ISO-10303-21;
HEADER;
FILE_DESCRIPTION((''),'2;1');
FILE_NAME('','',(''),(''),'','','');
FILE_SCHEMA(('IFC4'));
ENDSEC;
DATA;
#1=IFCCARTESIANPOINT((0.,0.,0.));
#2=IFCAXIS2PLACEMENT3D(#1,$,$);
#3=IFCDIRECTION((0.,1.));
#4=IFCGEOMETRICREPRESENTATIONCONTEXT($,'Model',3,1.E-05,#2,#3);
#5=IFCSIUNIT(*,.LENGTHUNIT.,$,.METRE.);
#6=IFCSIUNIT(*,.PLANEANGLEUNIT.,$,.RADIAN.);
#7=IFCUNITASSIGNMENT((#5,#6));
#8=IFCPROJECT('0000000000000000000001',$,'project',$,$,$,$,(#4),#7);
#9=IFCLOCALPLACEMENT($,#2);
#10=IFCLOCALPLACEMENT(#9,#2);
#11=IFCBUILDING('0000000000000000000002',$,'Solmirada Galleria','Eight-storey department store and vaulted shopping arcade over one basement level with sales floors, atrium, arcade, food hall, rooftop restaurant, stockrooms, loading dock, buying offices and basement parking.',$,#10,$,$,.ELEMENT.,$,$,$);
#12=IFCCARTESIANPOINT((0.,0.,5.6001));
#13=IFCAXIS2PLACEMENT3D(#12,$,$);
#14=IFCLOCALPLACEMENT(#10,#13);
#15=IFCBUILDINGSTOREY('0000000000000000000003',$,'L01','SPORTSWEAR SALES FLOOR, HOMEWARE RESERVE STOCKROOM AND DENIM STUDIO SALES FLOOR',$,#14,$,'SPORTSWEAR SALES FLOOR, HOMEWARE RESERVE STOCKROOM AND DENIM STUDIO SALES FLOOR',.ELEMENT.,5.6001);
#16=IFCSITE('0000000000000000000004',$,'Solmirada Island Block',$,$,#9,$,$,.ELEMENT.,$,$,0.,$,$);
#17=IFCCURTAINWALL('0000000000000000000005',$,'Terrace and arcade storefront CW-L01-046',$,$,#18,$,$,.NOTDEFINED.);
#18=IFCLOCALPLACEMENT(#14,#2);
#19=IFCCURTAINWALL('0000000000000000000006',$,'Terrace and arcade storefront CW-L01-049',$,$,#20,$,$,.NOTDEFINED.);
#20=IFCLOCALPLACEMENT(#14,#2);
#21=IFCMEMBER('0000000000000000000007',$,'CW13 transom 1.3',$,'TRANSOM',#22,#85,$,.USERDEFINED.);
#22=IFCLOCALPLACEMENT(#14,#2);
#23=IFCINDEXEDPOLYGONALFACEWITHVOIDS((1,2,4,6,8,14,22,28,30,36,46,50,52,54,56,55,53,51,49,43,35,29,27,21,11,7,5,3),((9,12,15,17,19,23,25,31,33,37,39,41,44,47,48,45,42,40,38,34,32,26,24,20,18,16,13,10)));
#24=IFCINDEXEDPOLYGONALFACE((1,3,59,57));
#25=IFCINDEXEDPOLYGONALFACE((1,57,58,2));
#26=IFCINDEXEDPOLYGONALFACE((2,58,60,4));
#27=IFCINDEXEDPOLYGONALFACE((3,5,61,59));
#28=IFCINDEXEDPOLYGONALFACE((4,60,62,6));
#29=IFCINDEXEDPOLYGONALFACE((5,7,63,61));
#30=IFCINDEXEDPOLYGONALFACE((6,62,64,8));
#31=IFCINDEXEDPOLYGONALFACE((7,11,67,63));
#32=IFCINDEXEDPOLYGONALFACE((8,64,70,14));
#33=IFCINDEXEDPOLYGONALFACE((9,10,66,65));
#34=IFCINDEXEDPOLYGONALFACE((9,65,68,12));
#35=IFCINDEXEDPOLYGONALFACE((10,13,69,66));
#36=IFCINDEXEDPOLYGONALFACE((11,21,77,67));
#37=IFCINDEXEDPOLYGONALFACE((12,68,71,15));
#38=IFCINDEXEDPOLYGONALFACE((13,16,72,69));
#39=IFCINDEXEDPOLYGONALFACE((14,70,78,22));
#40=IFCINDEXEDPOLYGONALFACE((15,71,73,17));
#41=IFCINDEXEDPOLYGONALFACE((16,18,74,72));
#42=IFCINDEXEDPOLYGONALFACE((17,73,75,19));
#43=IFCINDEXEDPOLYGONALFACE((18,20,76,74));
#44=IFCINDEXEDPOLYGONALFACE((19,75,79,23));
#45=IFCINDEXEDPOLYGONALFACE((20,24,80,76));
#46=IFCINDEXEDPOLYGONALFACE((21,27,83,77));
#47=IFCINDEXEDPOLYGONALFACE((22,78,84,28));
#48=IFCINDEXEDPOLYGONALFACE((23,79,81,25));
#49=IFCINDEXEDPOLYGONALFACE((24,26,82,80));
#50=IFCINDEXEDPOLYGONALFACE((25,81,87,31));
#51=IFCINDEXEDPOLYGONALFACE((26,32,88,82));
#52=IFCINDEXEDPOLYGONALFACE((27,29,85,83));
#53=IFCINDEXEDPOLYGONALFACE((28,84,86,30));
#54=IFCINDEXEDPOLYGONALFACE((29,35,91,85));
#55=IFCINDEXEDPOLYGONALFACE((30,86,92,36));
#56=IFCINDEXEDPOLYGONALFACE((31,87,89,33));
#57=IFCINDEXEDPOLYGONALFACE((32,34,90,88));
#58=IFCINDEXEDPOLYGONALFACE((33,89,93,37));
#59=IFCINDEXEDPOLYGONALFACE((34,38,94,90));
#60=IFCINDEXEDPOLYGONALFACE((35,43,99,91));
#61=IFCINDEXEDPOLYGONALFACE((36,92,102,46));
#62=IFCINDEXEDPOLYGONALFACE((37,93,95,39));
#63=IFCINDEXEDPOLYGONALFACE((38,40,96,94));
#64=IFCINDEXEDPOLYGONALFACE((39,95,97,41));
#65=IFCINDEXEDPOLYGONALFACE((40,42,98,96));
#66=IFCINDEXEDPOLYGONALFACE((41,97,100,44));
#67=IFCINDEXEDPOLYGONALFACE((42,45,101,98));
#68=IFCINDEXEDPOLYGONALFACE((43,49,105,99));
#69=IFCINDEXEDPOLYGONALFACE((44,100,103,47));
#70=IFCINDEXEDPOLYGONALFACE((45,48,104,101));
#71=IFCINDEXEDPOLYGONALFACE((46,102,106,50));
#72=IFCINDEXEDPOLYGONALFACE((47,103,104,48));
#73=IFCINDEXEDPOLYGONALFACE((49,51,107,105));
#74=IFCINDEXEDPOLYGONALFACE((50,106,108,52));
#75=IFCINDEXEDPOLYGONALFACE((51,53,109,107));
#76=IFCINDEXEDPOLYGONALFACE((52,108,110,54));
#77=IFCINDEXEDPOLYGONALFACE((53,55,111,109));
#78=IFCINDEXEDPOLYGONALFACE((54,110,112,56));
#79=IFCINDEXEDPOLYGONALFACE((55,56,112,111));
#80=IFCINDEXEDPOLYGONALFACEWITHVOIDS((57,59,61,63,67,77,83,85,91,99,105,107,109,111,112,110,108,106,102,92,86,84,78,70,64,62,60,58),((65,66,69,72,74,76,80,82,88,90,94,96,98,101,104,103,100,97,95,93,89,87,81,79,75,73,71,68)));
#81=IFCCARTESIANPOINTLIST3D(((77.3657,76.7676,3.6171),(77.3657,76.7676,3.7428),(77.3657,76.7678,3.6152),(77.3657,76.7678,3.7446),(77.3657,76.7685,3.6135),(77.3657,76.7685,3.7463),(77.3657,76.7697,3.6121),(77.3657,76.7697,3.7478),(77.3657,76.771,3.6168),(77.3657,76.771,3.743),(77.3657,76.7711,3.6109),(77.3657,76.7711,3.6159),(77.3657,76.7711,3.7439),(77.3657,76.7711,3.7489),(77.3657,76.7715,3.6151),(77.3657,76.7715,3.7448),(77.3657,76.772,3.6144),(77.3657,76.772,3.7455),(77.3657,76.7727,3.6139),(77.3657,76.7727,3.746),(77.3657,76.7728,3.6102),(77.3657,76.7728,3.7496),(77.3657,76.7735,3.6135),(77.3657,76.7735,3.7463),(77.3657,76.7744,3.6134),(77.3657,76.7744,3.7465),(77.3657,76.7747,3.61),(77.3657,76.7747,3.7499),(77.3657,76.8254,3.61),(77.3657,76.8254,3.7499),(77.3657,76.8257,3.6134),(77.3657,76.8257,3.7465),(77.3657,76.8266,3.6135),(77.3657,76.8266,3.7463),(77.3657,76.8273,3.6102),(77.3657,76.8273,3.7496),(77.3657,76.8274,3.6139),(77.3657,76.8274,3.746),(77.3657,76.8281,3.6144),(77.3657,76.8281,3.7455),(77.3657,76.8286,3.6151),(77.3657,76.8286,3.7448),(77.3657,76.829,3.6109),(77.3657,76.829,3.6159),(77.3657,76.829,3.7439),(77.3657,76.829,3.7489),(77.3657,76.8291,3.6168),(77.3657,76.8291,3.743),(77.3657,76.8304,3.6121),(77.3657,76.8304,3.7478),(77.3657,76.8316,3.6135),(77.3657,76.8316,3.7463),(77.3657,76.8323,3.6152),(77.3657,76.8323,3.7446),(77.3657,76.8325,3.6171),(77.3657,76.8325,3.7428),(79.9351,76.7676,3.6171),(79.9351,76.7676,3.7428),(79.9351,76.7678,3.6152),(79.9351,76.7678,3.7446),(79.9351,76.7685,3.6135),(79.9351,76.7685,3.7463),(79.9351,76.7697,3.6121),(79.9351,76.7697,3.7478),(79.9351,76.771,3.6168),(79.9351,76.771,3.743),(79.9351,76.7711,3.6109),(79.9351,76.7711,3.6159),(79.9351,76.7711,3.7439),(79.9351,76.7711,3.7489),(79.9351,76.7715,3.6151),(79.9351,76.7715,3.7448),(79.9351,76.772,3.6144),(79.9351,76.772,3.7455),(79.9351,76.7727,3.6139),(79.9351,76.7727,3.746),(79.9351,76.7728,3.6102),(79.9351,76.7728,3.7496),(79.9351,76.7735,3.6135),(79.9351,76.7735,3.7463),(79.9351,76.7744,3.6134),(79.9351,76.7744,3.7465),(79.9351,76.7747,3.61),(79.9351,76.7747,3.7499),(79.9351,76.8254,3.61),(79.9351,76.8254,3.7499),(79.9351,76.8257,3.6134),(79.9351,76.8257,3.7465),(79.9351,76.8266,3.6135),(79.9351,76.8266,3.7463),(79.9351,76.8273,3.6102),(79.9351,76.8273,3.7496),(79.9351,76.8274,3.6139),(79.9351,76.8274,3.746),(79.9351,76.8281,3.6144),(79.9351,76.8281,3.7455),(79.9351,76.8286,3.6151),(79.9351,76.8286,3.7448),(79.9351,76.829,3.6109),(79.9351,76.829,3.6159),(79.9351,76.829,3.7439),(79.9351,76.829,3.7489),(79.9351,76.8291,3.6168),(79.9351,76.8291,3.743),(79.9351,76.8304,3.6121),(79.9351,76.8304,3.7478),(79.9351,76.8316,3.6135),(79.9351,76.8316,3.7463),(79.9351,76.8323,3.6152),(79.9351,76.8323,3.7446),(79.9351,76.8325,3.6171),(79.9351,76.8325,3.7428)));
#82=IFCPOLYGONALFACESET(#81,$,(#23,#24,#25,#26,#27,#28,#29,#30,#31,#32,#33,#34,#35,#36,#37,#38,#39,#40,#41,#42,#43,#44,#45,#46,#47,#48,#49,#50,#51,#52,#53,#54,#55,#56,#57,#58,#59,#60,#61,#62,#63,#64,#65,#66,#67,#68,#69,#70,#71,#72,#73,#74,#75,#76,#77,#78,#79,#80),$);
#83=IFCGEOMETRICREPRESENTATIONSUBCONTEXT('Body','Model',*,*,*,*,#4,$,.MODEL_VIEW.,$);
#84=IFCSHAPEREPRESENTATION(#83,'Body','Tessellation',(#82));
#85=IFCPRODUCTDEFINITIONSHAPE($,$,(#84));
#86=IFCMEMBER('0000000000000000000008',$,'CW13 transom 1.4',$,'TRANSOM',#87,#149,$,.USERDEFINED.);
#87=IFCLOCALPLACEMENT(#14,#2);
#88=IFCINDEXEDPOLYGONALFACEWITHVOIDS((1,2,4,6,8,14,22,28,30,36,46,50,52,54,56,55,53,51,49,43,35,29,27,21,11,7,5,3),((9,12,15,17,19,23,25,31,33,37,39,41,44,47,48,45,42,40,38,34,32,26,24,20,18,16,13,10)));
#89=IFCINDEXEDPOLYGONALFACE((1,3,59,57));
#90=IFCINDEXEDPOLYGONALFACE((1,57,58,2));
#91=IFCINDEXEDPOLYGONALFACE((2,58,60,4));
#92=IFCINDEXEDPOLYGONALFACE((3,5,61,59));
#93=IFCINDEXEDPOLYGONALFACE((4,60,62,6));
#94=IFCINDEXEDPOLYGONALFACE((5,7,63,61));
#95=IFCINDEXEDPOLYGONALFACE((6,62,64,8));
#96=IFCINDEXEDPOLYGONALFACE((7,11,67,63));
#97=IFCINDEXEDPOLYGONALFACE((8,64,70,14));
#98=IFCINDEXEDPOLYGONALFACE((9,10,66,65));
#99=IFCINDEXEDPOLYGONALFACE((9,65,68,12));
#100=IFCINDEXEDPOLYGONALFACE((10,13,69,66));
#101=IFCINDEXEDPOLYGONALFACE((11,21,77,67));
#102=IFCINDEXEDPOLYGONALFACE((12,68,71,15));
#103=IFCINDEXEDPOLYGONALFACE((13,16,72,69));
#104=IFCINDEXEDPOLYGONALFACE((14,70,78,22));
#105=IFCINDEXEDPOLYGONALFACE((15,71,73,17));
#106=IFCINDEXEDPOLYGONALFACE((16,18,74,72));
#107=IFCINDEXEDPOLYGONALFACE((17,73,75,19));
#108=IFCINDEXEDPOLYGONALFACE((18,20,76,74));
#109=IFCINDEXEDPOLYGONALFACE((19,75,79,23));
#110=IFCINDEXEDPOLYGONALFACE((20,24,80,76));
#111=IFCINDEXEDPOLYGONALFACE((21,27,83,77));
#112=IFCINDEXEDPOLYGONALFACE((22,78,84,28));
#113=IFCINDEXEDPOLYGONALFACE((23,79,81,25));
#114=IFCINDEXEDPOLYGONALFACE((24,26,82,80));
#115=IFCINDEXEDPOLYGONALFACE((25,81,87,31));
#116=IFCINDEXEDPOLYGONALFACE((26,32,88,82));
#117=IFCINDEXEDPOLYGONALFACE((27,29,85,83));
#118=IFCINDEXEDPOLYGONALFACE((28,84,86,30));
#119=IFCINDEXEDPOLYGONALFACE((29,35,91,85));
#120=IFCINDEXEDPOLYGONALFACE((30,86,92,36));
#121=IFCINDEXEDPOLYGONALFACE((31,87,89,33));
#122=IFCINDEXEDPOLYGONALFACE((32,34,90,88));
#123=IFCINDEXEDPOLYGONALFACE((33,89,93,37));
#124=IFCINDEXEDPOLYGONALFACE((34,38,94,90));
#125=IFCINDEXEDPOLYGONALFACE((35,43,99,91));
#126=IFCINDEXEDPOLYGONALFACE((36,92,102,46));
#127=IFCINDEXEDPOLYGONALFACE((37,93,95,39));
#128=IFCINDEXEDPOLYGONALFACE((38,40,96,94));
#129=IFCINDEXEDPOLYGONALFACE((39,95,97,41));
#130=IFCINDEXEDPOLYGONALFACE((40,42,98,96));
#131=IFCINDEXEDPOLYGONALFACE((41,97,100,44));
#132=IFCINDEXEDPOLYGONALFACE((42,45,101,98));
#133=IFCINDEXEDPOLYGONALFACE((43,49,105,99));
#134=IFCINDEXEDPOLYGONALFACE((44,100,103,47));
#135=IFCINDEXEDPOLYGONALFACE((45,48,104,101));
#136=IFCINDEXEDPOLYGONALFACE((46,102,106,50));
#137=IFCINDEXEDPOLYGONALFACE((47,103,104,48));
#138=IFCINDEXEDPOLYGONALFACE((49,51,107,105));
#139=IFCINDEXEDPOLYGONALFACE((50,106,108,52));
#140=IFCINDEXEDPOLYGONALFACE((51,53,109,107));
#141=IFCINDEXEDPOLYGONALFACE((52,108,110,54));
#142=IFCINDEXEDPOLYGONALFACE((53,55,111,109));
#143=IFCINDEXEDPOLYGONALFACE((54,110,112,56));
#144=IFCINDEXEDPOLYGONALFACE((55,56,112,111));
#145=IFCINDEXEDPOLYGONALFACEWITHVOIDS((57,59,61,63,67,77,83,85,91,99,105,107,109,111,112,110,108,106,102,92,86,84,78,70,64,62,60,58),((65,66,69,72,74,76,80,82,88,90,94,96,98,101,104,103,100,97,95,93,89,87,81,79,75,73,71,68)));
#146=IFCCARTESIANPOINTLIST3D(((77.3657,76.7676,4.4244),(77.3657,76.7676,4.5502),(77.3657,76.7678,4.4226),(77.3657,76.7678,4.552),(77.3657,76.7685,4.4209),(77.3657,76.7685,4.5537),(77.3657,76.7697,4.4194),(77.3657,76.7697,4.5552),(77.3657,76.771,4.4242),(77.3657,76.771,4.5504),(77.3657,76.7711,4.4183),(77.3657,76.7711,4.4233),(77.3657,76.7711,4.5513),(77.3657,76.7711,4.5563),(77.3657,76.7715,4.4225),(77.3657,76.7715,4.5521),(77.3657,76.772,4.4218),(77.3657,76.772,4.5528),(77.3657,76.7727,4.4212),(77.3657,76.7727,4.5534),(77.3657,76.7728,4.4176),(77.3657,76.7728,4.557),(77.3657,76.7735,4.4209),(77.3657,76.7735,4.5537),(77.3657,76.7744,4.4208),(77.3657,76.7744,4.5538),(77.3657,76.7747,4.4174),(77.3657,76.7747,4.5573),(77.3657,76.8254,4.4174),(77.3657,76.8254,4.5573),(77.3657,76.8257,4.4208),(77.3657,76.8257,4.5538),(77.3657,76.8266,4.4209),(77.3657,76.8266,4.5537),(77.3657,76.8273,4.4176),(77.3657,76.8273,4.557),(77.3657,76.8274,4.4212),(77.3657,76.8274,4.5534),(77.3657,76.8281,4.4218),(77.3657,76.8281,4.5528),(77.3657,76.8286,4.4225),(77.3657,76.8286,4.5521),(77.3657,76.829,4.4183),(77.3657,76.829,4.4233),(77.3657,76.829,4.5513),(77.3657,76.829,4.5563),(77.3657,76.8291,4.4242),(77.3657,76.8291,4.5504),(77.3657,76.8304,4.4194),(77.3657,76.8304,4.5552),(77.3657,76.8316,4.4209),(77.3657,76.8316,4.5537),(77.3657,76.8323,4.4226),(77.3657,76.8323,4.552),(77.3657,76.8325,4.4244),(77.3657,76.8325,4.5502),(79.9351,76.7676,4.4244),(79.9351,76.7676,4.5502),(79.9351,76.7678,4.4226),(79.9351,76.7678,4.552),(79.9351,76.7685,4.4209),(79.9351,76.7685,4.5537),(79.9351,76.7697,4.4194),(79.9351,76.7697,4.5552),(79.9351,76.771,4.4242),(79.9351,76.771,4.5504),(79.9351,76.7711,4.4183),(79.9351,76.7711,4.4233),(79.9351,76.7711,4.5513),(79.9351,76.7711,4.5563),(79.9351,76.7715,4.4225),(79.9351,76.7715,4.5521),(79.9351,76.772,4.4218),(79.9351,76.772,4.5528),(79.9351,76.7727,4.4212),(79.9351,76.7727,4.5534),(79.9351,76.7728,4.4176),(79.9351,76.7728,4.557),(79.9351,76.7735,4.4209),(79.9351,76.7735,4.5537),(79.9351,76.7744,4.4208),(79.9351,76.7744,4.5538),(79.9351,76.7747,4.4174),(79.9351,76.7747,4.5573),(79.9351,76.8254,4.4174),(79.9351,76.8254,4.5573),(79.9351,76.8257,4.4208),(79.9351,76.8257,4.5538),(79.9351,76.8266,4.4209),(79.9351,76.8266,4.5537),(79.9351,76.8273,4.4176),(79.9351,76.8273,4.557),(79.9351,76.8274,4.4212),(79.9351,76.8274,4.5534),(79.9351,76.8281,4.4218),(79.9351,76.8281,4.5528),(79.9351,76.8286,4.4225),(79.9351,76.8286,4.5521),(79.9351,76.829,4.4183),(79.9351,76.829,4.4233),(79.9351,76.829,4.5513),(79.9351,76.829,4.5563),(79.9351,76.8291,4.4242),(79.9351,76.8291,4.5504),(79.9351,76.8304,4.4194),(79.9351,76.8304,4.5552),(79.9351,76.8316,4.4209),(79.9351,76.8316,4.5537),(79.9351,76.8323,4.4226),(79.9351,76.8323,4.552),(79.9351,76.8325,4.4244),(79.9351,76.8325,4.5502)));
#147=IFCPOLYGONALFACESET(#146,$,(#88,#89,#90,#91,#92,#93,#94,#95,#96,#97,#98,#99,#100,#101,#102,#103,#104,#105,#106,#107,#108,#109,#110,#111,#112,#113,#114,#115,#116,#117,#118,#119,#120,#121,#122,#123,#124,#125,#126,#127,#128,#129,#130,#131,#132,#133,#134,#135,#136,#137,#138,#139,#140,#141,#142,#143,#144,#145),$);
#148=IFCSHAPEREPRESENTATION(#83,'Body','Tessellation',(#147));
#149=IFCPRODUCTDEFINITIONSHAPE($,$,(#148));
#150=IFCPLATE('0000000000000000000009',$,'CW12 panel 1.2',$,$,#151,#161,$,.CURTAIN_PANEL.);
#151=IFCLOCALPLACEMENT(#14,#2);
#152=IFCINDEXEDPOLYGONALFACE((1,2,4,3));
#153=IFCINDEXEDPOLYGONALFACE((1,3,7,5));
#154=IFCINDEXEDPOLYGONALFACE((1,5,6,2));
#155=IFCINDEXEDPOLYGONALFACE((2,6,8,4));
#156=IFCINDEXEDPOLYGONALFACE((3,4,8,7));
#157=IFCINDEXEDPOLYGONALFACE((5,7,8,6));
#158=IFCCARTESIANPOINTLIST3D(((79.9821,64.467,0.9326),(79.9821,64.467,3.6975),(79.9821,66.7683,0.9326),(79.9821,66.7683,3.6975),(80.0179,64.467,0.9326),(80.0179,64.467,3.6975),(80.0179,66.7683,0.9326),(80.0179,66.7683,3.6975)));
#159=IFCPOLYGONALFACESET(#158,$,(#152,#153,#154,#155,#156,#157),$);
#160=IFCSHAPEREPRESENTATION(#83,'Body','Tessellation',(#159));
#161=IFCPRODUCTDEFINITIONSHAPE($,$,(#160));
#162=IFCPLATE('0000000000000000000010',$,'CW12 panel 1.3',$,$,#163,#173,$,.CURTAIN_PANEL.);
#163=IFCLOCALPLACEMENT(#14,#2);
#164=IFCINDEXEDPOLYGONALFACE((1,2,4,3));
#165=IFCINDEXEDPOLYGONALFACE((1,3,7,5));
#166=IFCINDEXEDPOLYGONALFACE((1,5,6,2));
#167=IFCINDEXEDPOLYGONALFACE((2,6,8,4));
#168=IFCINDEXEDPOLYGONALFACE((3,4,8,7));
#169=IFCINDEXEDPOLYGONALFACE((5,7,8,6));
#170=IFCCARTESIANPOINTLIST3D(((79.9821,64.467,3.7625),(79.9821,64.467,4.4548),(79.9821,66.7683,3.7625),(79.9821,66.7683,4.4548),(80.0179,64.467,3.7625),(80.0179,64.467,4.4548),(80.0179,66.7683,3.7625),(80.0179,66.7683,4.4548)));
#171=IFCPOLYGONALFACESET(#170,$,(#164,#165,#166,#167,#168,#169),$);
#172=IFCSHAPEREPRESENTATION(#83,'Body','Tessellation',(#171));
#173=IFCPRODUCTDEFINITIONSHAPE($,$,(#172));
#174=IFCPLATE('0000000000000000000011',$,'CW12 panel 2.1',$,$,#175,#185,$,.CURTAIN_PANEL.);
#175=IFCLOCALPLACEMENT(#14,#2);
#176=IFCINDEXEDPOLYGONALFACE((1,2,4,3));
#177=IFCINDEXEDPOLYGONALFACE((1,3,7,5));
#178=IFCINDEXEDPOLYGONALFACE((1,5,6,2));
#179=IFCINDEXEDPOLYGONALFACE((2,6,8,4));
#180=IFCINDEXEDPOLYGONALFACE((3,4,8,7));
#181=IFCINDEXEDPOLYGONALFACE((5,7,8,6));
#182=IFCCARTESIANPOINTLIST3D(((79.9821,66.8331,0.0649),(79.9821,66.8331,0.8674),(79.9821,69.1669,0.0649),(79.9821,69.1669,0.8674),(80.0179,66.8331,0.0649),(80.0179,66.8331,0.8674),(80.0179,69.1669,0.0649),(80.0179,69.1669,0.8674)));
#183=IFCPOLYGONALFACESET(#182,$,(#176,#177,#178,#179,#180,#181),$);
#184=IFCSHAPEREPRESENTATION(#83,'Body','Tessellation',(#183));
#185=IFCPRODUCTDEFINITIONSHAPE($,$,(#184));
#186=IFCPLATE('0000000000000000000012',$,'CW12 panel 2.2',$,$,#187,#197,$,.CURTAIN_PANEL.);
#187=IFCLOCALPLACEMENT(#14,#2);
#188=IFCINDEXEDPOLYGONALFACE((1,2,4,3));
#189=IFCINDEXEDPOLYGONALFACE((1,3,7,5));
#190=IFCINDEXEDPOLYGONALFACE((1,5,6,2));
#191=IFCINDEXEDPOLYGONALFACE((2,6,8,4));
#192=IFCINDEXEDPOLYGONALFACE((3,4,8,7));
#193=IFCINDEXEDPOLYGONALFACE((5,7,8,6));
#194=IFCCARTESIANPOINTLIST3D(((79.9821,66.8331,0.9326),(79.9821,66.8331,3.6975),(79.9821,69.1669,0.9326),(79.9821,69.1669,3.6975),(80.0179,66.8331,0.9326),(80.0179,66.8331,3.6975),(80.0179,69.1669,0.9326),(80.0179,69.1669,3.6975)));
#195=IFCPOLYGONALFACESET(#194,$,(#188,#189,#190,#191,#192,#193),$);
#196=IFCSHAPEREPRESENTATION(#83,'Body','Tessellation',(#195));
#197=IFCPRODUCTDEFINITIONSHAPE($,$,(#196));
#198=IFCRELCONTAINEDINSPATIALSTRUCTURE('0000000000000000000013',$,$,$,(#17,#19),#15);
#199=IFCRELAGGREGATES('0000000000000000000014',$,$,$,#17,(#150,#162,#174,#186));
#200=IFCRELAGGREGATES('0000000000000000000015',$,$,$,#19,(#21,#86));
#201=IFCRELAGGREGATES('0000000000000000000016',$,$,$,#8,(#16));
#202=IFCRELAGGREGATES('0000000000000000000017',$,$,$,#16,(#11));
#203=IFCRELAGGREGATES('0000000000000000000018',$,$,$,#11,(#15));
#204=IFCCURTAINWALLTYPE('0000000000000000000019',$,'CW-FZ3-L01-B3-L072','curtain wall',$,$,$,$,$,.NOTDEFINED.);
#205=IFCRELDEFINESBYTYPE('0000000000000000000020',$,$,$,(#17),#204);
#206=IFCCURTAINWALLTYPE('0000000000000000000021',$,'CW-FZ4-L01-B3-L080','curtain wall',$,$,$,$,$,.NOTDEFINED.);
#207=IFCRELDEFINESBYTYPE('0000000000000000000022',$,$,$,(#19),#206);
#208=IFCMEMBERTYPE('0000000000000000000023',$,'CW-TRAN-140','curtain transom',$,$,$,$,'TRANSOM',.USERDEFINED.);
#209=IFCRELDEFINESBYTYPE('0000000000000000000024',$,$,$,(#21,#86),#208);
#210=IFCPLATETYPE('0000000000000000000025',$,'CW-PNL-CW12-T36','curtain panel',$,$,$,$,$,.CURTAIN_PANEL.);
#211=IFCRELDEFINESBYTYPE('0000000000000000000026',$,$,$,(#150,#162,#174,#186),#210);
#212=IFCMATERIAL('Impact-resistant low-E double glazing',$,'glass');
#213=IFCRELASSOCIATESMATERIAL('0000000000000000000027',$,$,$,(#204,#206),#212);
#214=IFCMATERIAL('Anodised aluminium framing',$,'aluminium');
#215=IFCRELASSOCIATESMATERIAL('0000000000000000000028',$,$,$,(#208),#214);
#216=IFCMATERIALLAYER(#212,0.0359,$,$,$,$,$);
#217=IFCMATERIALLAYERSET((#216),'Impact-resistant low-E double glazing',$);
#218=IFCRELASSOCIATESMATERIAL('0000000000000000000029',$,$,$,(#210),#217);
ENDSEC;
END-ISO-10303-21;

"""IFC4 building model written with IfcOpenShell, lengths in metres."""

from ifc_helpers import new_model, si_unit, direction, frame, origin, origin_2d, place, context, subcontext, project, spatial, rectangle, hollow_rectangle, extrude, material, layer, layer_set, material_profile, profile_set, type_object, element, aggregate, save


model = new_model("IFC4")

# Units and contexts
model_context = context("Model", 3, precision=1e-05, world=origin(), true_north=direction((0.0, 1.0)))
body_context = subcontext(model_context, "Body", "Model", "MODEL_VIEW")
ifc_project = project(units=[si_unit("LENGTHUNIT", "METRE"), si_unit("PLANEANGLEUNIT", "RADIAN")], contexts=[model_context])

# Site, building, storey
site_placement = place(None, origin())
site = spatial("IfcSite", under=ifc_project, at=site_placement, Name="Solmirada Island Block", CompositionType="ELEMENT", RefElevation=0.0)
building_placement = place(site_placement, origin())
building = spatial("IfcBuilding", under=site, at=building_placement, Name="Solmirada Galleria", Description="Eight-storey department store and vaulted shopping arcade over one basement level with sales floors, atrium, arcade, food hall, rooftop restaurant, stockrooms, loading dock, buying offices and basement parking.", CompositionType="ELEMENT")
storey_placement = place(building_placement, frame((0.0, 0.0, 5.6001)))
storey = spatial("IfcBuildingStorey", under=building, at=storey_placement, Name="L01", Description="SPORTSWEAR SALES FLOOR, HOMEWARE RESERVE STOCKROOM AND DENIM STUDIO SALES FLOOR", LongName="SPORTSWEAR SALES FLOOR, HOMEWARE RESERVE STOCKROOM AND DENIM STUDIO SALES FLOOR", CompositionType="ELEMENT", Elevation=5.6001)

# Curtain wall
ifc_material_1 = material(Name="Impact-resistant low-E double glazing", Category="glass")
curtain_wall_type_1 = type_object("IfcCurtainWallType", Name="CW-FZ3-L01-B3-L072", Description="curtain wall", PredefinedType="NOTDEFINED", material=ifc_material_1)
curtain_wall_1_placement = place(storey_placement, origin())
curtain_wall_1 = element("IfcCurtainWall", 1, at=curtain_wall_1_placement, inside=storey, type_object=curtain_wall_type_1, Name="Terrace and arcade storefront CW-L01-046", PredefinedType="NOTDEFINED")
ifc_material_2 = material(Name="Anodised aluminium framing", Category="aluminium")

# Shared definitions
curtain_wall_type_2 = type_object("IfcCurtainWallType", Name="CW-FZ4-L01-B3-L080", Description="curtain wall", PredefinedType="NOTDEFINED", material=ifc_material_1)

# Curtain wall
curtain_wall_2_placement = place(storey_placement, origin())
curtain_wall_2 = element("IfcCurtainWall", 2, at=curtain_wall_2_placement, inside=storey, type_object=curtain_wall_type_2, Name="Terrace and arcade storefront CW-L01-049", PredefinedType="NOTDEFINED")

# Members
ifc_material_profile_1 = material_profile(ifc_material_2, hollow_rectangle(XDim=0.0649, YDim=0.1399, WallThickness=0.0034, InnerFilletRadius=0.0034, OuterFilletRadius=0.0071, at=origin_2d()), Name="ALU-TRAN-140X65")
ifc_profile_set_1 = profile_set([ifc_material_profile_1], Name="Anodised aluminium framing")
member_type_1 = type_object("IfcMemberType", Name="CW-TRAN-140", Description="curtain transom", ElementType="TRANSOM", PredefinedType="USERDEFINED", material=ifc_profile_set_1)
member_1_placement = place(storey_placement, frame((79.9351, 76.8, 3.6799), z_axis=(-1.0, 0.0, 0.0), x_axis=(0.0, -1.0, 0.0)))
member_1 = element("IfcMember", 3, at=member_1_placement, type_object=member_type_1, Name="CW13 transom 1.3", ObjectType="TRANSOM", PredefinedType="USERDEFINED", context=body_context, shape_type="SweptSolid", body=[
    extrude(hollow_rectangle(XDim=0.0649, YDim=0.1399, WallThickness=0.0034, InnerFilletRadius=0.0034, OuterFilletRadius=0.0071, at=origin_2d()), origin(), (0.0, 0.0, 1.0), 2.5693),
])
member_2_placement = place(storey_placement, frame((79.9351, 76.8, 4.4873), z_axis=(-1.0, 0.0, 0.0), x_axis=(0.0, -1.0, 0.0)))
member_2 = element("IfcMember", 4, at=member_2_placement, type_object=member_type_1, Name="CW13 transom 1.4", ObjectType="TRANSOM", PredefinedType="USERDEFINED", context=body_context, shape_type="SweptSolid", body=[
    extrude(hollow_rectangle(XDim=0.0649, YDim=0.1399, WallThickness=0.0034, InnerFilletRadius=0.0034, OuterFilletRadius=0.0071, at=origin_2d()), origin(), (0.0, 0.0, 1.0), 2.5693),
])

# Plates
ifc_layer_1 = layer(ifc_material_1, 0.0359)
ifc_layer_set_1 = layer_set([ifc_layer_1], Name="Impact-resistant low-E double glazing")
plate_type_1 = type_object("IfcPlateType", Name="CW-PNL-CW12-T36", Description="curtain panel", PredefinedType="CURTAIN_PANEL", material=ifc_layer_set_1)
plate_1_placement = place(storey_placement, frame((80.0, 65.6177, 0.9326), z_axis=(0.0, 0.0, 1.0), x_axis=(0.0, 1.0, 0.0)))
plate_1 = element("IfcPlate", 5, at=plate_1_placement, type_object=plate_type_1, Name="CW12 panel 1.2", PredefinedType="CURTAIN_PANEL", context=body_context, shape_type="SweptSolid", body=[
    extrude(rectangle(XDim=2.3013, YDim=0.0359, at=origin_2d()), origin(), (0.0, 0.0, 1.0), 2.7649),
])
plate_2_placement = place(storey_placement, frame((80.0, 65.6177, 3.7625), z_axis=(0.0, 0.0, 1.0), x_axis=(0.0, 1.0, 0.0)))
plate_2 = element("IfcPlate", 6, at=plate_2_placement, type_object=plate_type_1, Name="CW12 panel 1.3", PredefinedType="CURTAIN_PANEL", context=body_context, shape_type="SweptSolid", body=[
    extrude(rectangle(XDim=2.3013, YDim=0.0359, at=origin_2d()), origin(), (0.0, 0.0, 1.0), 0.6924),
])
plate_3_placement = place(storey_placement, frame((80.0, 68.0, 0.0649), z_axis=(0.0, 0.0, 1.0), x_axis=(0.0, 1.0, 0.0)))
plate_3 = element("IfcPlate", 7, at=plate_3_placement, type_object=plate_type_1, Name="CW12 panel 2.1", PredefinedType="CURTAIN_PANEL", context=body_context, shape_type="SweptSolid", body=[
    extrude(rectangle(XDim=2.3337, YDim=0.0359, at=origin_2d()), origin(), (0.0, 0.0, 1.0), 0.8025),
])
plate_4_placement = place(storey_placement, frame((80.0, 68.0, 0.9326), z_axis=(0.0, 0.0, 1.0), x_axis=(0.0, 1.0, 0.0)))
plate_4 = element("IfcPlate", 8, at=plate_4_placement, type_object=plate_type_1, Name="CW12 panel 2.2", PredefinedType="CURTAIN_PANEL", context=body_context, shape_type="SweptSolid", body=[
    extrude(rectangle(XDim=2.3337, YDim=0.0359, at=origin_2d()), origin(), (0.0, 0.0, 1.0), 2.7649),
])
aggregate(curtain_wall_1, [plate_1, plate_2, plate_3, plate_4])
aggregate(curtain_wall_2, [member_1, member_2])

save(model, "model.ifc")
